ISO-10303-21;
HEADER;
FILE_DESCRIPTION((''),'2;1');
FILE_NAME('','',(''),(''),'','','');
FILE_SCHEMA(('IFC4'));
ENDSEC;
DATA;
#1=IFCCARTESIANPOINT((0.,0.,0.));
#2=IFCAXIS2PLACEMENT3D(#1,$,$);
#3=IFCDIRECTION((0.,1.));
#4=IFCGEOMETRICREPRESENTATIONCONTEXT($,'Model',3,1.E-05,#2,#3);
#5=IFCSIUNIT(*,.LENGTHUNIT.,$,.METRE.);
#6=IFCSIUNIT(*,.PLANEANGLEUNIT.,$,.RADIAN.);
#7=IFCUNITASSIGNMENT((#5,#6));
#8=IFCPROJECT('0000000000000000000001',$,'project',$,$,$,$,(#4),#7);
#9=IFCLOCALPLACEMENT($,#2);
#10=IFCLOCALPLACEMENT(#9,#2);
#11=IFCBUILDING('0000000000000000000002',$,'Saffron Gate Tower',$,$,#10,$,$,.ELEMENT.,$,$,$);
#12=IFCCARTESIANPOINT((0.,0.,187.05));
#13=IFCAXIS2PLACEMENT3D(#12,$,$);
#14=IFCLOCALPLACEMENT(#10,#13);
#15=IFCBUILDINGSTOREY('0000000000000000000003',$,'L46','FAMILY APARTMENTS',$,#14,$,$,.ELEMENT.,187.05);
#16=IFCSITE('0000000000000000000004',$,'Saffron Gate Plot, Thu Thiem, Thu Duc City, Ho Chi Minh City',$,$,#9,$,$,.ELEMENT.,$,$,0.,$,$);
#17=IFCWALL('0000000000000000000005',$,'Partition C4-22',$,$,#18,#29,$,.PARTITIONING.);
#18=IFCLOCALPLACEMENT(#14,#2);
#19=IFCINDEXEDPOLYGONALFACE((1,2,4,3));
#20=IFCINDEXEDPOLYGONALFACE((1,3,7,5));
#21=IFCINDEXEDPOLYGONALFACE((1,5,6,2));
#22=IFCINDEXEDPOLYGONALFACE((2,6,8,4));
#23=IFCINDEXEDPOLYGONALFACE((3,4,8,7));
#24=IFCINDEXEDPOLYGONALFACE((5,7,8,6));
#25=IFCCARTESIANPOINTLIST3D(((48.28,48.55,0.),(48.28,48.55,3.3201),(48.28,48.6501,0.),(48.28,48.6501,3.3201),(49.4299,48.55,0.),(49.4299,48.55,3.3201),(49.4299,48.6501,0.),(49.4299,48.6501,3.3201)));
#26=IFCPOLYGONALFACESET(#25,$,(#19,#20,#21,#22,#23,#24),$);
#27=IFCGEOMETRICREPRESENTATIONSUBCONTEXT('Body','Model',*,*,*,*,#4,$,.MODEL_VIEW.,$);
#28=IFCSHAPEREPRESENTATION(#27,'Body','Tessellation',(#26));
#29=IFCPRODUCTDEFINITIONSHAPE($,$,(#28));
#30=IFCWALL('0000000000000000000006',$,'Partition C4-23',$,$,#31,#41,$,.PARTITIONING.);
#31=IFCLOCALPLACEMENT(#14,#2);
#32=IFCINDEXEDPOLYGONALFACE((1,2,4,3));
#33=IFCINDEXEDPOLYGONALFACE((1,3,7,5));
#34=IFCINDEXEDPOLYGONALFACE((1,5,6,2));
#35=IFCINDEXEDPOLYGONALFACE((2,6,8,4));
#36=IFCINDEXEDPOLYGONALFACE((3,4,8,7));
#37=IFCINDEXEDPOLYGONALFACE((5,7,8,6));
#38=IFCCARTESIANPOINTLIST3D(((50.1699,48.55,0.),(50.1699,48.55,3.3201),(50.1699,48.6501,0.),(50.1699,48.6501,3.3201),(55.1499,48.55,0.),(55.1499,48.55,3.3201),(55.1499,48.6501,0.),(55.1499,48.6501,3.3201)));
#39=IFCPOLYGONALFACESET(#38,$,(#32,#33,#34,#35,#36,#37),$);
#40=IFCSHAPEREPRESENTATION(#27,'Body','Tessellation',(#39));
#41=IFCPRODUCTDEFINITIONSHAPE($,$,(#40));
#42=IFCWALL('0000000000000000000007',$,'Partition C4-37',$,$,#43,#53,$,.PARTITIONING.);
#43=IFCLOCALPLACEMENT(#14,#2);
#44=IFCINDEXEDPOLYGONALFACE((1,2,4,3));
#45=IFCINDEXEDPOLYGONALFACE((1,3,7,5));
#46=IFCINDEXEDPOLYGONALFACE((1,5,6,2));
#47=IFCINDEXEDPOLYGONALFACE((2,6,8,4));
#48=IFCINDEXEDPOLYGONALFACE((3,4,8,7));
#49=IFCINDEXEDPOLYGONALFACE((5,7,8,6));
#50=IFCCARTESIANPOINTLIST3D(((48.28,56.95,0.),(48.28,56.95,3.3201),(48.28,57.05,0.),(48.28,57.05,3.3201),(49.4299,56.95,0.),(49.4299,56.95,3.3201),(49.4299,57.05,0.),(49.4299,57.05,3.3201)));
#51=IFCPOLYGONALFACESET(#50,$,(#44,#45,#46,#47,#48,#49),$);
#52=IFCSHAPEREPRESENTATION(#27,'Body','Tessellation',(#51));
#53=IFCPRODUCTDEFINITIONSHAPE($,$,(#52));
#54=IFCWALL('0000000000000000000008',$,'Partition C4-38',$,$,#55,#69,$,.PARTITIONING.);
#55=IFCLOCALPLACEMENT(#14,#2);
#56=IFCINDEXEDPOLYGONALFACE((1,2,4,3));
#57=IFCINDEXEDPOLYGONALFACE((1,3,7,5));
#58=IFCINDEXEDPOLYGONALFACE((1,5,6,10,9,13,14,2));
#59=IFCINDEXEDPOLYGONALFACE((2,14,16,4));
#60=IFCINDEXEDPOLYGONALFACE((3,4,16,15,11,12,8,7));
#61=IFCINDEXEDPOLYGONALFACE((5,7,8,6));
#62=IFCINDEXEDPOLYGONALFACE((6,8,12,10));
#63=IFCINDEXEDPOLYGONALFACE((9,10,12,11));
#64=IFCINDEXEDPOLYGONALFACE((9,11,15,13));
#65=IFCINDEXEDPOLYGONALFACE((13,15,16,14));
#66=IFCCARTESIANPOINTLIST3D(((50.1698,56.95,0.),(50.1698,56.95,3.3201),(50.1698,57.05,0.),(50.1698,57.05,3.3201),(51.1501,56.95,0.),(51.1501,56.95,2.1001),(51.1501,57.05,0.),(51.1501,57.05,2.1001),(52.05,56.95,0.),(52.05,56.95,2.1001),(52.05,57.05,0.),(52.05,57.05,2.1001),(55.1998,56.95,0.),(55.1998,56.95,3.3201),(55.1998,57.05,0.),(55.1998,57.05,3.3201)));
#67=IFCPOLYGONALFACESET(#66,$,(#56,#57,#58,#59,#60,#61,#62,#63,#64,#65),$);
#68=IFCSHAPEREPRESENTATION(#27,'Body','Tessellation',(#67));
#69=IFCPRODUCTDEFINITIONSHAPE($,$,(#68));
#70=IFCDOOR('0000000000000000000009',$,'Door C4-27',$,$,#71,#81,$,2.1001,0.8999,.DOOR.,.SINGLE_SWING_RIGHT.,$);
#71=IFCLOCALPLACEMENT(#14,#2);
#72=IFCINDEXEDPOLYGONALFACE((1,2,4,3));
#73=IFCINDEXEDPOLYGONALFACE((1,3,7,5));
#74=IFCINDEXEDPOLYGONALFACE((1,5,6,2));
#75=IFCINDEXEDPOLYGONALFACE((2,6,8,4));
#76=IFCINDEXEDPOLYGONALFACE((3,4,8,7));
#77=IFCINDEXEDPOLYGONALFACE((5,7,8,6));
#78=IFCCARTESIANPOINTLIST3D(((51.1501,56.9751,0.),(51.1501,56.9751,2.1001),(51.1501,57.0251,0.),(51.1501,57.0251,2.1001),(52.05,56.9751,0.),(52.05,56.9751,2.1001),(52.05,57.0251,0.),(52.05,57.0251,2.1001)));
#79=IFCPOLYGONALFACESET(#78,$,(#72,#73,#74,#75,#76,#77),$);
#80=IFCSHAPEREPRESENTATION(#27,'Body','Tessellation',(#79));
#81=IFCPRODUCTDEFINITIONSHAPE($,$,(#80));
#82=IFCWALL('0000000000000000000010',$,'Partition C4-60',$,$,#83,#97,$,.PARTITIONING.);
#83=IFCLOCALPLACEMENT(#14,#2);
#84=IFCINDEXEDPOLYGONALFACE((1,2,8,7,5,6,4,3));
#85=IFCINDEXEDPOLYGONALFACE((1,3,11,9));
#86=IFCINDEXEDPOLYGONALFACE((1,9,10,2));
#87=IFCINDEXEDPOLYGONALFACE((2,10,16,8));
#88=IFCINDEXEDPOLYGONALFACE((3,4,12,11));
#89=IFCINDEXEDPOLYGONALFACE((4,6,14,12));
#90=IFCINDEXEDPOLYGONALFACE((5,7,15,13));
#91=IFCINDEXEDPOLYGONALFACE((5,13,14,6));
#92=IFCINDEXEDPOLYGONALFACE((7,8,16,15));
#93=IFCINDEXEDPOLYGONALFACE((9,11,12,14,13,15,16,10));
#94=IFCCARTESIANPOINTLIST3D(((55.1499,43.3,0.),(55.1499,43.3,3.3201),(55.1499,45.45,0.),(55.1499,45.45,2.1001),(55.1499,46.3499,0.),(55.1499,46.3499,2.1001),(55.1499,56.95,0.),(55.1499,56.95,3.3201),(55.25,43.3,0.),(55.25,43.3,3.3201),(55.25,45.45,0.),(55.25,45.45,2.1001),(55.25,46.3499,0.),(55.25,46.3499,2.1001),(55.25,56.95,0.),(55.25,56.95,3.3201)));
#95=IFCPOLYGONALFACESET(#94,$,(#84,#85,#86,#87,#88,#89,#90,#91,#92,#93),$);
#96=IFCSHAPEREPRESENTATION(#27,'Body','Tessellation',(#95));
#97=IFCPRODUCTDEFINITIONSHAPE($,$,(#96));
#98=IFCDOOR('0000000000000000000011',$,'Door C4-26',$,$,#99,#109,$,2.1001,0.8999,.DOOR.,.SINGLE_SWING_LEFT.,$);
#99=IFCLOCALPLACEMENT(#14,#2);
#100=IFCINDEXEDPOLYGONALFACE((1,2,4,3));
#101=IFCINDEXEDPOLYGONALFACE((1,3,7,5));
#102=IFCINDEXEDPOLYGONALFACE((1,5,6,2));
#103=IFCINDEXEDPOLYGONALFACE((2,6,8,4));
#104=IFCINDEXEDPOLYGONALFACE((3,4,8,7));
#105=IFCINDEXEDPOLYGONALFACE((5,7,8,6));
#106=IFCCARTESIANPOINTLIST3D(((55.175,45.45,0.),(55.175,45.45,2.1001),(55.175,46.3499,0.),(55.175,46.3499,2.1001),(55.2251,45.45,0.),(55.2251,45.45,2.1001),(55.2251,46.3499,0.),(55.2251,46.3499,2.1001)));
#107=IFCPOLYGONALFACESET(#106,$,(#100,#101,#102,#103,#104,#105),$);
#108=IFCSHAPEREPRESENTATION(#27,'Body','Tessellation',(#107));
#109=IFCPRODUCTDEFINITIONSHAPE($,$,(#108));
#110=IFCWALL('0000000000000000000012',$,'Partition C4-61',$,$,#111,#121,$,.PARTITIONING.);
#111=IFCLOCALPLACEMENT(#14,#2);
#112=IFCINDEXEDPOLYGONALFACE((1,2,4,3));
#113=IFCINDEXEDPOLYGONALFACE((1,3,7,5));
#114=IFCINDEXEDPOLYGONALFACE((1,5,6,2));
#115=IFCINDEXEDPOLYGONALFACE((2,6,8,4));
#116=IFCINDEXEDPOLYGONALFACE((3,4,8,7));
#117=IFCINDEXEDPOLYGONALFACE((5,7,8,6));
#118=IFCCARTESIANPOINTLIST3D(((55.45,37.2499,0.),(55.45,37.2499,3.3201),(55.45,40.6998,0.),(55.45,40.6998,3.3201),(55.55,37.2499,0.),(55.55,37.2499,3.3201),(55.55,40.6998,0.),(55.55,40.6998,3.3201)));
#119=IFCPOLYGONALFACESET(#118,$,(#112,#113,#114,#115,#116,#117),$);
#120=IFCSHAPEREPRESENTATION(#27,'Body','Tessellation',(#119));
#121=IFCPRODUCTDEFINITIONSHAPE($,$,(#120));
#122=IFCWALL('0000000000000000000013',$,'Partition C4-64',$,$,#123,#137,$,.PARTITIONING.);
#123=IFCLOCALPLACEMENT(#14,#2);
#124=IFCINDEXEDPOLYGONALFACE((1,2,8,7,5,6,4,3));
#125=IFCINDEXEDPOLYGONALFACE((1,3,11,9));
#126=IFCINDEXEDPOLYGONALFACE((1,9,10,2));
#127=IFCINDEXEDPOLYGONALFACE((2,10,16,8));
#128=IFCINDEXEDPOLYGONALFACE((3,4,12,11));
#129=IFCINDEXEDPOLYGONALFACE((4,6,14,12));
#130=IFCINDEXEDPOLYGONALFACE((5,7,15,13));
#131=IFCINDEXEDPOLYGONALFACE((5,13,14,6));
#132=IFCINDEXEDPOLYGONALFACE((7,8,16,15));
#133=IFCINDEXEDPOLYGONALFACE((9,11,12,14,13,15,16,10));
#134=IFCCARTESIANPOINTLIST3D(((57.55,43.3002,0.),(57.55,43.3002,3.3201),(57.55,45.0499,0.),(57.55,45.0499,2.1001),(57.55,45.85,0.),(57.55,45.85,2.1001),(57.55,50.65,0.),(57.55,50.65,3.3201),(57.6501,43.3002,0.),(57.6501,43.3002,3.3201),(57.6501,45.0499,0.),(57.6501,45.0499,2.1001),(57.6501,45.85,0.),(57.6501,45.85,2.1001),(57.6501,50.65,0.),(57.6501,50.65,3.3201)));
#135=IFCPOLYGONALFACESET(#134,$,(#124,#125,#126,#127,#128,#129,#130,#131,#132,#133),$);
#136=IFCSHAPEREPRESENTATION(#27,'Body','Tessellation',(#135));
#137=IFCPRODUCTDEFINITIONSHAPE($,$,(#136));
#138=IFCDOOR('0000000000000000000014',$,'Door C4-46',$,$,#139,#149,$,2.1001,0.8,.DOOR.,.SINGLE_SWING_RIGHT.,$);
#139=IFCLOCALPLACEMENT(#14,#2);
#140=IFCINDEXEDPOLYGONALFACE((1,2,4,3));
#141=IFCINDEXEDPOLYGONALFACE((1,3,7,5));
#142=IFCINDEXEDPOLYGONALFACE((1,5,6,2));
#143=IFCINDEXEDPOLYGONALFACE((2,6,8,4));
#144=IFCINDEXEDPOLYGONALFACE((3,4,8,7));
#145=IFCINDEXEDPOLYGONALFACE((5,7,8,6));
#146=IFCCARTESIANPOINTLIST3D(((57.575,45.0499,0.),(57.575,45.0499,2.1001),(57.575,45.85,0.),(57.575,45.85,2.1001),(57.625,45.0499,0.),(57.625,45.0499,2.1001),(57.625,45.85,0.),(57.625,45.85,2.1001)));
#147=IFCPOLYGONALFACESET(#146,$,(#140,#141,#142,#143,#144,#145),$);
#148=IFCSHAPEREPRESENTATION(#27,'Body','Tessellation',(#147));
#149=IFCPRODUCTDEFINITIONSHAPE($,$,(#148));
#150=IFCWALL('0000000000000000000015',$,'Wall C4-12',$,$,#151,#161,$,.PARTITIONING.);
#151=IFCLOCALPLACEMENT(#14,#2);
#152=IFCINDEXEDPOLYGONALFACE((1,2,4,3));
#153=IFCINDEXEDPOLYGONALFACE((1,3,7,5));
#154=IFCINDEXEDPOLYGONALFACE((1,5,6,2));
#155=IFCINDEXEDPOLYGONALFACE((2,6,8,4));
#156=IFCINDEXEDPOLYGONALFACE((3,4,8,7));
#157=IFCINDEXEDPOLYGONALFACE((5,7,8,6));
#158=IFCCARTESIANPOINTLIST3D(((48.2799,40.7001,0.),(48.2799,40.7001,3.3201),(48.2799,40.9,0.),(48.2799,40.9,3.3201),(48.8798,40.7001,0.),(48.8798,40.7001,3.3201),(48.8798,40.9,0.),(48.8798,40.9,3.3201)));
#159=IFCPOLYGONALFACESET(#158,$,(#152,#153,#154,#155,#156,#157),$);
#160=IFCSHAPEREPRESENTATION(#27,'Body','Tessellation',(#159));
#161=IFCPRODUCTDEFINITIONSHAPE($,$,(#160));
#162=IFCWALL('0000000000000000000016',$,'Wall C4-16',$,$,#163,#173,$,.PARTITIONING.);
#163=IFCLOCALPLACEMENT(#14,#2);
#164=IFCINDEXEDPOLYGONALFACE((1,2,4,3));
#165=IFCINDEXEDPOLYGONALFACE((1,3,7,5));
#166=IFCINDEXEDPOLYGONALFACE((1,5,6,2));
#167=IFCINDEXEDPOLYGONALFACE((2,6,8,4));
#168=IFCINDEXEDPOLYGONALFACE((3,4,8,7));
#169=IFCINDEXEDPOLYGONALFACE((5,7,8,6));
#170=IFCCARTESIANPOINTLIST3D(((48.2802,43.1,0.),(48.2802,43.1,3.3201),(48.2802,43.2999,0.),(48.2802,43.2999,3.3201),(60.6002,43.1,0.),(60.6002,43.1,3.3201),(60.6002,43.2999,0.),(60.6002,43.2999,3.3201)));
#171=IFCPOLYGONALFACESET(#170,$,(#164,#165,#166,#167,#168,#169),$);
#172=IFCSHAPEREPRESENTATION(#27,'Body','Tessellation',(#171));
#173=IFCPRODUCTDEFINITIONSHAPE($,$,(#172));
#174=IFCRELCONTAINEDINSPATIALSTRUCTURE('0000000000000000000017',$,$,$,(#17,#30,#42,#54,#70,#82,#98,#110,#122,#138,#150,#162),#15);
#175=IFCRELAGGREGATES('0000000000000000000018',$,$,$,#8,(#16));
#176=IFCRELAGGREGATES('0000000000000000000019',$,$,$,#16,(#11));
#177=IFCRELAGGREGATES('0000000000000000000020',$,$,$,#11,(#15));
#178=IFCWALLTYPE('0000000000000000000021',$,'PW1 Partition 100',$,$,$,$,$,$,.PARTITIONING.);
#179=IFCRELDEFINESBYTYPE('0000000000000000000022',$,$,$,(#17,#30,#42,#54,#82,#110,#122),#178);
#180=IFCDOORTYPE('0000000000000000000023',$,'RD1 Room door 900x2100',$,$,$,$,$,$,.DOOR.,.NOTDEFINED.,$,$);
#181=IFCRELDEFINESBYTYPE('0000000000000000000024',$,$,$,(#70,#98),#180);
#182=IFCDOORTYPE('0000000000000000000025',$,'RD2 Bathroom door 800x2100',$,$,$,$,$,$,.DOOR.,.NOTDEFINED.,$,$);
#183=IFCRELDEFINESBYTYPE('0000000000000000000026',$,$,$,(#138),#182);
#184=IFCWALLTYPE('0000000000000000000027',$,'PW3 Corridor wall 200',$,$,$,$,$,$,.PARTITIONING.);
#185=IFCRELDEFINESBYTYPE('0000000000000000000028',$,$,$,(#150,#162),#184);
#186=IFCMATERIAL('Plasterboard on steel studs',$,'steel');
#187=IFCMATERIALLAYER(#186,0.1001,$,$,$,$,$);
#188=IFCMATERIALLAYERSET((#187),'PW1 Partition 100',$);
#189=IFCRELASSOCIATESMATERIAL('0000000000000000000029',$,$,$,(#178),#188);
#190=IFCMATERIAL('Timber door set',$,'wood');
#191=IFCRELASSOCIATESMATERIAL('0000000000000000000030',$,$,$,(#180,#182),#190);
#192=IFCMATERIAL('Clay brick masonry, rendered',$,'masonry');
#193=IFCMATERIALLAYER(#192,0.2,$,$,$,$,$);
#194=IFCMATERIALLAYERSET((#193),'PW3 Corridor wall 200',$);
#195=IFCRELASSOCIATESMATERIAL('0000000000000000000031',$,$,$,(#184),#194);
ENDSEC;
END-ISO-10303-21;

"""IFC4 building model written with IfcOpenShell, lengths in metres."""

from ifc_helpers import new_model, si_unit, direction, frame, frame_2d, origin, place, context, subcontext, project, spatial, rectangle, extrude, material, layer, layer_set, type_object, element, fill, save


model = new_model("IFC4")

# Units and contexts
model_context = context("Model", 3, precision=1e-05, world=origin(), true_north=direction((0.0, 1.0)))
body_context = subcontext(model_context, "Body", "Model", "MODEL_VIEW")
ifc_project = project(units=[si_unit("LENGTHUNIT", "METRE"), si_unit("PLANEANGLEUNIT", "RADIAN")], contexts=[model_context])

# Site, building, storey
site_placement = place(None, origin())
site = spatial("IfcSite", under=ifc_project, at=site_placement, Name="Saffron Gate Plot, Thu Thiem, Thu Duc City, Ho Chi Minh City", CompositionType="ELEMENT", RefElevation=0.0)
building_placement = place(site_placement, origin())
building = spatial("IfcBuilding", under=site, at=building_placement, Name="Saffron Gate Tower", CompositionType="ELEMENT")
storey_placement = place(building_placement, frame((0.0, 0.0, 187.05)))
storey = spatial("IfcBuildingStorey", under=building, at=storey_placement, Name="L46", Description="FAMILY APARTMENTS", CompositionType="ELEMENT", Elevation=187.05)

# Walls
ifc_material_1 = material(Name="Plasterboard on steel studs", Category="steel")
ifc_layer_1 = layer(ifc_material_1, 0.1001)
ifc_layer_set_1 = layer_set([ifc_layer_1], Name="PW1 Partition 100")
wall_type_1 = type_object("IfcWallType", Name="PW1 Partition 100", PredefinedType="PARTITIONING", material=ifc_layer_set_1)
wall_1_placement = place(storey_placement, frame((48.28, 48.6001, 0.0), z_axis=(0.0, 0.0, 1.0), x_axis=(1.0, 0.0, 0.0)))
element("IfcWall", 1, at=wall_1_placement, inside=storey, type_object=wall_type_1, Name="Partition C4-22", PredefinedType="PARTITIONING", context=body_context, shape_type="SweptSolid", body=[
    extrude(rectangle(XDim=1.1499, YDim=0.1001, at=frame_2d((0.575, 0.0))), origin(), (0.0, 0.0, 1.0), 3.3201),
])
wall_2_placement = place(storey_placement, frame((50.1699, 48.6001, 0.0), z_axis=(0.0, 0.0, 1.0), x_axis=(1.0, 0.0, 0.0)))
element("IfcWall", 2, at=wall_2_placement, inside=storey, type_object=wall_type_1, Name="Partition C4-23", PredefinedType="PARTITIONING", context=body_context, shape_type="SweptSolid", body=[
    extrude(rectangle(XDim=4.98, YDim=0.1001, at=frame_2d((2.49, 0.0))), origin(), (0.0, 0.0, 1.0), 3.3201),
])
wall_3_placement = place(storey_placement, frame((48.28, 57.0, 0.0), z_axis=(0.0, 0.0, 1.0), x_axis=(1.0, 0.0, 0.0)))
element("IfcWall", 3, at=wall_3_placement, inside=storey, type_object=wall_type_1, Name="Partition C4-37", PredefinedType="PARTITIONING", context=body_context, shape_type="SweptSolid", body=[
    extrude(rectangle(XDim=1.1499, YDim=0.1001, at=frame_2d((0.575, 0.0))), origin(), (0.0, 0.0, 1.0), 3.3201),
])

# Walls, openings, doors
wall_4_placement = place(storey_placement, frame((55.2, 57.0, 0.0), z_axis=(0.0, 0.0, 1.0), x_axis=(-1.0, 0.0, 0.0)))
wall_4 = element("IfcWall", 4, at=wall_4_placement, inside=storey, type_object=wall_type_1, Name="Partition C4-38", PredefinedType="PARTITIONING", context=body_context, shape_type="SweptSolid", body=[
    extrude(rectangle(XDim=5.03, YDim=0.1001, at=frame_2d((2.5151, 0.0))), origin(), (0.0, 0.0, 1.0), 3.3201),
])
opening_1_placement = place(wall_4_placement, frame((3.1499, 0.0, 0.0)))
opening_1 = element("IfcOpeningElement", 5, at=opening_1_placement, cuts=wall_4, PredefinedType="OPENING", context=body_context, shape_type="SweptSolid", body=[
    extrude(rectangle(XDim=0.8999, YDim=2.1001, at=frame_2d((0.45, 1.05))), frame((0.0, 0.0601, 0.0), z_axis=(0.0, -1.0, 0.0), x_axis=(1.0, 0.0, 0.0)), (0.0, 0.0, 1.0), 0.1201),
])
ifc_material_2 = material(Name="Timber door set", Category="wood")
door_type_1 = type_object("IfcDoorType", Name="RD1 Room door 900x2100", OperationType="NOTDEFINED", PredefinedType="DOOR", material=ifc_material_2)
door_1_placement = place(opening_1_placement, origin())
door_1 = element("IfcDoor", 6, at=door_1_placement, inside=storey, type_object=door_type_1, Name="Door C4-27", OperationType="SINGLE_SWING_RIGHT", OverallHeight=2.1001, OverallWidth=0.8999, PredefinedType="DOOR", context=body_context, shape_type="SweptSolid", body=[
    extrude(rectangle(XDim=0.8999, YDim=2.1001, at=frame_2d((0.45, 1.05))), frame((0.0, 0.0249, 0.0), z_axis=(0.0, -1.0, 0.0), x_axis=(1.0, 0.0, 0.0)), (0.0, 0.0, 1.0), 0.05),
])
fill(opening_1, door_1)
wall_5_placement = place(storey_placement, frame((55.2, 43.3, 0.0), z_axis=(0.0, 0.0, 1.0), x_axis=(0.0, 1.0, 0.0)))
wall_5 = element("IfcWall", 7, at=wall_5_placement, inside=storey, type_object=wall_type_1, Name="Partition C4-60", PredefinedType="PARTITIONING", context=body_context, shape_type="SweptSolid", body=[
    extrude(rectangle(XDim=13.6499, YDim=0.1001, at=frame_2d((6.825, 0.0))), origin(), (0.0, 0.0, 1.0), 3.3201),
])
opening_2_placement = place(wall_5_placement, frame((2.1499, 0.0, 0.0)))
opening_2 = element("IfcOpeningElement", 8, at=opening_2_placement, cuts=wall_5, PredefinedType="OPENING", context=body_context, shape_type="SweptSolid", body=[
    extrude(rectangle(XDim=0.8999, YDim=2.1001, at=frame_2d((0.45, 1.05))), frame((0.0, 0.0601, 0.0), z_axis=(0.0, -1.0, 0.0), x_axis=(1.0, 0.0, 0.0)), (0.0, 0.0, 1.0), 0.1201),
])
door_2_placement = place(opening_2_placement, origin())
door_2 = element("IfcDoor", 9, at=door_2_placement, inside=storey, type_object=door_type_1, Name="Door C4-26", OperationType="SINGLE_SWING_LEFT", OverallHeight=2.1001, OverallWidth=0.8999, PredefinedType="DOOR", context=body_context, shape_type="SweptSolid", body=[
    extrude(rectangle(XDim=0.8999, YDim=2.1001, at=frame_2d((0.45, 1.05))), frame((0.0, 0.0249, 0.0), z_axis=(0.0, -1.0, 0.0), x_axis=(1.0, 0.0, 0.0)), (0.0, 0.0, 1.0), 0.05),
])
fill(opening_2, door_2)

# Wall
wall_6_placement = place(storey_placement, frame((55.5, 40.7, 0.0), z_axis=(0.0, 0.0, 1.0), x_axis=(0.0, -1.0, 0.0)))
element("IfcWall", 10, at=wall_6_placement, inside=storey, type_object=wall_type_1, Name="Partition C4-61", PredefinedType="PARTITIONING", context=body_context, shape_type="SweptSolid", body=[
    extrude(rectangle(XDim=3.45, YDim=0.1001, at=frame_2d((1.7251, 0.0))), origin(), (0.0, 0.0, 1.0), 3.3201),
])

# Wall, opening, door
wall_7_placement = place(storey_placement, frame((57.6001, 50.6499, 0.0), z_axis=(0.0, 0.0, 1.0), x_axis=(0.0, -1.0, 0.0)))
wall_7 = element("IfcWall", 11, at=wall_7_placement, inside=storey, type_object=wall_type_1, Name="Partition C4-64", PredefinedType="PARTITIONING", context=body_context, shape_type="SweptSolid", body=[
    extrude(rectangle(XDim=7.3499, YDim=0.1001, at=frame_2d((3.6748, 0.0))), origin(), (0.0, 0.0, 1.0), 3.3201),
])
opening_3_placement = place(wall_7_placement, frame((4.8, 0.0, 0.0)))
opening_3 = element("IfcOpeningElement", 12, at=opening_3_placement, cuts=wall_7, PredefinedType="OPENING", context=body_context, shape_type="SweptSolid", body=[
    extrude(rectangle(XDim=0.8, YDim=2.1001, at=frame_2d((0.3999, 1.05))), frame((0.0, 0.0601, 0.0), z_axis=(0.0, -1.0, 0.0), x_axis=(1.0, 0.0, 0.0)), (0.0, 0.0, 1.0), 0.1201),
])
door_type_2 = type_object("IfcDoorType", Name="RD2 Bathroom door 800x2100", OperationType="NOTDEFINED", PredefinedType="DOOR", material=ifc_material_2)
door_3_placement = place(opening_3_placement, origin())
door_3 = element("IfcDoor", 13, at=door_3_placement, inside=storey, type_object=door_type_2, Name="Door C4-46", OperationType="SINGLE_SWING_RIGHT", OverallHeight=2.1001, OverallWidth=0.8, PredefinedType="DOOR", context=body_context, shape_type="SweptSolid", body=[
    extrude(rectangle(XDim=0.8, YDim=2.1001, at=frame_2d((0.3999, 1.05))), frame((0.0, 0.0249, 0.0), z_axis=(0.0, -1.0, 0.0), x_axis=(1.0, 0.0, 0.0)), (0.0, 0.0, 1.0), 0.05),
])
fill(opening_3, door_3)

# Walls
ifc_material_3 = material(Name="Clay brick masonry, rendered", Category="masonry")
ifc_layer_2 = layer(ifc_material_3, 0.2)
ifc_layer_set_2 = layer_set([ifc_layer_2], Name="PW3 Corridor wall 200")
wall_type_2 = type_object("IfcWallType", Name="PW3 Corridor wall 200", PredefinedType="PARTITIONING", material=ifc_layer_set_2)
wall_8_placement = place(storey_placement, frame((48.28, 40.8, 0.0), z_axis=(0.0, 0.0, 1.0), x_axis=(1.0, 0.0, 0.0)))
element("IfcWall", 14, at=wall_8_placement, inside=storey, type_object=wall_type_2, Name="Wall C4-12", PredefinedType="PARTITIONING", context=body_context, shape_type="SweptSolid", body=[
    extrude(rectangle(XDim=0.5999, YDim=0.2, at=frame_2d((0.2998, 0.0))), origin(), (0.0, 0.0, 1.0), 3.3201),
])
wall_9_placement = place(storey_placement, frame((48.28, 43.2, 0.0), z_axis=(0.0, 0.0, 1.0), x_axis=(1.0, 0.0, 0.0)))
element("IfcWall", 15, at=wall_9_placement, inside=storey, type_object=wall_type_2, Name="Wall C4-16", PredefinedType="PARTITIONING", context=body_context, shape_type="SweptSolid", body=[
    extrude(rectangle(XDim=12.3201, YDim=0.2, at=frame_2d((6.1602, 0.0))), origin(), (0.0, 0.0, 1.0), 3.3201),
])

save(model, "model.ifc")
